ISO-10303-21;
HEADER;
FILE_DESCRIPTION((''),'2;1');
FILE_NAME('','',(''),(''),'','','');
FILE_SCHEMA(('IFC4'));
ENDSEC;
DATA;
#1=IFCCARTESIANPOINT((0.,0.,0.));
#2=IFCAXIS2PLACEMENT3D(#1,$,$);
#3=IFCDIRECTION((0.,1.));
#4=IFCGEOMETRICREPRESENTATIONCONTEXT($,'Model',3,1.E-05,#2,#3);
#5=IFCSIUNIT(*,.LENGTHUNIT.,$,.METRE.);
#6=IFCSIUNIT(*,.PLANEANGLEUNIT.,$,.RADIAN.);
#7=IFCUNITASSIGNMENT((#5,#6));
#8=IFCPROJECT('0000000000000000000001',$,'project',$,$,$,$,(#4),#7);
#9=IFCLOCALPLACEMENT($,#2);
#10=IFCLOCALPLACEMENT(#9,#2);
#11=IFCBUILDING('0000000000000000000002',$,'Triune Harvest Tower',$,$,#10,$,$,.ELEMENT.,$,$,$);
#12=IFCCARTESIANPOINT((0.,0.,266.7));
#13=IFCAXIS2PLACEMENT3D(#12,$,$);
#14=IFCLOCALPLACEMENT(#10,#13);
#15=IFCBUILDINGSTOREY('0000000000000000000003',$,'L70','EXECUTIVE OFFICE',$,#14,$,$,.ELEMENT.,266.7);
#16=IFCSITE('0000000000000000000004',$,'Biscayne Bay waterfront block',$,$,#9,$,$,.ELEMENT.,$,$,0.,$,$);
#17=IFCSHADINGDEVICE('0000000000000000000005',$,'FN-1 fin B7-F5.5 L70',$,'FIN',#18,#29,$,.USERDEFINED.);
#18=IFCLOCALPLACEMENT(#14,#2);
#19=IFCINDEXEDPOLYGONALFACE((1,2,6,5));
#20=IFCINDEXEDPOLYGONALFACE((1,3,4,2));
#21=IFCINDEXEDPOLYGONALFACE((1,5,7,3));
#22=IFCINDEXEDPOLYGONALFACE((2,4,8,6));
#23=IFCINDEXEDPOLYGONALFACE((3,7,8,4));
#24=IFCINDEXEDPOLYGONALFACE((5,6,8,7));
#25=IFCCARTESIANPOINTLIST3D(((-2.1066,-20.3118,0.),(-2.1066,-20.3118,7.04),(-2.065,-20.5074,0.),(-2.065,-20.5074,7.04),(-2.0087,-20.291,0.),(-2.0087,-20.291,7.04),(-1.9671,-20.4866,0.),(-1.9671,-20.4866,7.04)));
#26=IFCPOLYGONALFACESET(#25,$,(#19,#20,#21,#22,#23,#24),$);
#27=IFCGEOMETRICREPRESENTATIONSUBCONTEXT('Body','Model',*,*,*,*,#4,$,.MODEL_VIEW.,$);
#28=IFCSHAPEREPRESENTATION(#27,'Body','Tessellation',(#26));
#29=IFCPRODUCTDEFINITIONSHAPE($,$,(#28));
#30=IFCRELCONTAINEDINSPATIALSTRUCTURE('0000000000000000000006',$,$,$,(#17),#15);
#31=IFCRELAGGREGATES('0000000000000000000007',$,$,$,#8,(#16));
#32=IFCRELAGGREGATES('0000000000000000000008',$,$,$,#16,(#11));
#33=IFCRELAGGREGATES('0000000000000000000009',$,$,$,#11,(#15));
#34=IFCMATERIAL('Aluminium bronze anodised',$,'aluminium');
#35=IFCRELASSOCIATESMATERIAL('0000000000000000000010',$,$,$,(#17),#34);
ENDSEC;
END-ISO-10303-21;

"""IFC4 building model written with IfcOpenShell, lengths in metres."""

from ifc_helpers import new_model, si_unit, direction, frame, origin, origin_2d, place, context, subcontext, project, spatial, rectangle, extrude, source, transform, mapped, material, element, save


model = new_model("IFC4")

# Units and contexts
model_context = context("Model", 3, precision=1e-05, world=origin(), true_north=direction((0.0, 1.0)))
body_context = subcontext(model_context, "Body", "Model", "MODEL_VIEW")
ifc_project = project(units=[si_unit("LENGTHUNIT", "METRE"), si_unit("PLANEANGLEUNIT", "RADIAN")], contexts=[model_context])

# Site, building, storey
site_placement = place(None, origin())
site = spatial("IfcSite", under=ifc_project, at=site_placement, Name="Biscayne Bay waterfront block", CompositionType="ELEMENT", RefElevation=0.0)
building_placement = place(site_placement, origin())
building = spatial("IfcBuilding", under=site, at=building_placement, Name="Triune Harvest Tower", CompositionType="ELEMENT")
storey_placement = place(building_placement, frame((0.0, 0.0, 266.7)))
storey = spatial("IfcBuildingStorey", under=building, at=storey_placement, Name="L70", Description="EXECUTIVE OFFICE", CompositionType="ELEMENT", Elevation=266.7)

# Shading device
ifc_material_1 = material(Name="Aluminium bronze anodised", Category="aluminium")
shared_shape_1 = source(origin(), body_context, "Body", "SweptSolid", [
    extrude(rectangle(XDim=0.1001, YDim=0.2, at=origin_2d()), origin(), (0.0, 0.0, 1.0), 7.04),
])
for number, where, z_axis, x_axis, name in (
    (1, (-2.0369, -20.3992, 0.0), (0.0, 0.0, 1.0), (0.978148, 0.207911, 0.0), "FN-1 fin B7-F5.5 L70"),
):
    element("IfcShadingDevice", number, at=place(storey_placement, frame(where, z_axis=z_axis, x_axis=x_axis)), inside=storey, material=ifc_material_1, Name=name, ObjectType="FIN", PredefinedType="USERDEFINED", context=body_context, shape_type="MappedRepresentation", body=[
        mapped(shared_shape_1, transform((0.0, 0.0, 0.0), scale=1.0)),
    ])

save(model, "model.ifc")
